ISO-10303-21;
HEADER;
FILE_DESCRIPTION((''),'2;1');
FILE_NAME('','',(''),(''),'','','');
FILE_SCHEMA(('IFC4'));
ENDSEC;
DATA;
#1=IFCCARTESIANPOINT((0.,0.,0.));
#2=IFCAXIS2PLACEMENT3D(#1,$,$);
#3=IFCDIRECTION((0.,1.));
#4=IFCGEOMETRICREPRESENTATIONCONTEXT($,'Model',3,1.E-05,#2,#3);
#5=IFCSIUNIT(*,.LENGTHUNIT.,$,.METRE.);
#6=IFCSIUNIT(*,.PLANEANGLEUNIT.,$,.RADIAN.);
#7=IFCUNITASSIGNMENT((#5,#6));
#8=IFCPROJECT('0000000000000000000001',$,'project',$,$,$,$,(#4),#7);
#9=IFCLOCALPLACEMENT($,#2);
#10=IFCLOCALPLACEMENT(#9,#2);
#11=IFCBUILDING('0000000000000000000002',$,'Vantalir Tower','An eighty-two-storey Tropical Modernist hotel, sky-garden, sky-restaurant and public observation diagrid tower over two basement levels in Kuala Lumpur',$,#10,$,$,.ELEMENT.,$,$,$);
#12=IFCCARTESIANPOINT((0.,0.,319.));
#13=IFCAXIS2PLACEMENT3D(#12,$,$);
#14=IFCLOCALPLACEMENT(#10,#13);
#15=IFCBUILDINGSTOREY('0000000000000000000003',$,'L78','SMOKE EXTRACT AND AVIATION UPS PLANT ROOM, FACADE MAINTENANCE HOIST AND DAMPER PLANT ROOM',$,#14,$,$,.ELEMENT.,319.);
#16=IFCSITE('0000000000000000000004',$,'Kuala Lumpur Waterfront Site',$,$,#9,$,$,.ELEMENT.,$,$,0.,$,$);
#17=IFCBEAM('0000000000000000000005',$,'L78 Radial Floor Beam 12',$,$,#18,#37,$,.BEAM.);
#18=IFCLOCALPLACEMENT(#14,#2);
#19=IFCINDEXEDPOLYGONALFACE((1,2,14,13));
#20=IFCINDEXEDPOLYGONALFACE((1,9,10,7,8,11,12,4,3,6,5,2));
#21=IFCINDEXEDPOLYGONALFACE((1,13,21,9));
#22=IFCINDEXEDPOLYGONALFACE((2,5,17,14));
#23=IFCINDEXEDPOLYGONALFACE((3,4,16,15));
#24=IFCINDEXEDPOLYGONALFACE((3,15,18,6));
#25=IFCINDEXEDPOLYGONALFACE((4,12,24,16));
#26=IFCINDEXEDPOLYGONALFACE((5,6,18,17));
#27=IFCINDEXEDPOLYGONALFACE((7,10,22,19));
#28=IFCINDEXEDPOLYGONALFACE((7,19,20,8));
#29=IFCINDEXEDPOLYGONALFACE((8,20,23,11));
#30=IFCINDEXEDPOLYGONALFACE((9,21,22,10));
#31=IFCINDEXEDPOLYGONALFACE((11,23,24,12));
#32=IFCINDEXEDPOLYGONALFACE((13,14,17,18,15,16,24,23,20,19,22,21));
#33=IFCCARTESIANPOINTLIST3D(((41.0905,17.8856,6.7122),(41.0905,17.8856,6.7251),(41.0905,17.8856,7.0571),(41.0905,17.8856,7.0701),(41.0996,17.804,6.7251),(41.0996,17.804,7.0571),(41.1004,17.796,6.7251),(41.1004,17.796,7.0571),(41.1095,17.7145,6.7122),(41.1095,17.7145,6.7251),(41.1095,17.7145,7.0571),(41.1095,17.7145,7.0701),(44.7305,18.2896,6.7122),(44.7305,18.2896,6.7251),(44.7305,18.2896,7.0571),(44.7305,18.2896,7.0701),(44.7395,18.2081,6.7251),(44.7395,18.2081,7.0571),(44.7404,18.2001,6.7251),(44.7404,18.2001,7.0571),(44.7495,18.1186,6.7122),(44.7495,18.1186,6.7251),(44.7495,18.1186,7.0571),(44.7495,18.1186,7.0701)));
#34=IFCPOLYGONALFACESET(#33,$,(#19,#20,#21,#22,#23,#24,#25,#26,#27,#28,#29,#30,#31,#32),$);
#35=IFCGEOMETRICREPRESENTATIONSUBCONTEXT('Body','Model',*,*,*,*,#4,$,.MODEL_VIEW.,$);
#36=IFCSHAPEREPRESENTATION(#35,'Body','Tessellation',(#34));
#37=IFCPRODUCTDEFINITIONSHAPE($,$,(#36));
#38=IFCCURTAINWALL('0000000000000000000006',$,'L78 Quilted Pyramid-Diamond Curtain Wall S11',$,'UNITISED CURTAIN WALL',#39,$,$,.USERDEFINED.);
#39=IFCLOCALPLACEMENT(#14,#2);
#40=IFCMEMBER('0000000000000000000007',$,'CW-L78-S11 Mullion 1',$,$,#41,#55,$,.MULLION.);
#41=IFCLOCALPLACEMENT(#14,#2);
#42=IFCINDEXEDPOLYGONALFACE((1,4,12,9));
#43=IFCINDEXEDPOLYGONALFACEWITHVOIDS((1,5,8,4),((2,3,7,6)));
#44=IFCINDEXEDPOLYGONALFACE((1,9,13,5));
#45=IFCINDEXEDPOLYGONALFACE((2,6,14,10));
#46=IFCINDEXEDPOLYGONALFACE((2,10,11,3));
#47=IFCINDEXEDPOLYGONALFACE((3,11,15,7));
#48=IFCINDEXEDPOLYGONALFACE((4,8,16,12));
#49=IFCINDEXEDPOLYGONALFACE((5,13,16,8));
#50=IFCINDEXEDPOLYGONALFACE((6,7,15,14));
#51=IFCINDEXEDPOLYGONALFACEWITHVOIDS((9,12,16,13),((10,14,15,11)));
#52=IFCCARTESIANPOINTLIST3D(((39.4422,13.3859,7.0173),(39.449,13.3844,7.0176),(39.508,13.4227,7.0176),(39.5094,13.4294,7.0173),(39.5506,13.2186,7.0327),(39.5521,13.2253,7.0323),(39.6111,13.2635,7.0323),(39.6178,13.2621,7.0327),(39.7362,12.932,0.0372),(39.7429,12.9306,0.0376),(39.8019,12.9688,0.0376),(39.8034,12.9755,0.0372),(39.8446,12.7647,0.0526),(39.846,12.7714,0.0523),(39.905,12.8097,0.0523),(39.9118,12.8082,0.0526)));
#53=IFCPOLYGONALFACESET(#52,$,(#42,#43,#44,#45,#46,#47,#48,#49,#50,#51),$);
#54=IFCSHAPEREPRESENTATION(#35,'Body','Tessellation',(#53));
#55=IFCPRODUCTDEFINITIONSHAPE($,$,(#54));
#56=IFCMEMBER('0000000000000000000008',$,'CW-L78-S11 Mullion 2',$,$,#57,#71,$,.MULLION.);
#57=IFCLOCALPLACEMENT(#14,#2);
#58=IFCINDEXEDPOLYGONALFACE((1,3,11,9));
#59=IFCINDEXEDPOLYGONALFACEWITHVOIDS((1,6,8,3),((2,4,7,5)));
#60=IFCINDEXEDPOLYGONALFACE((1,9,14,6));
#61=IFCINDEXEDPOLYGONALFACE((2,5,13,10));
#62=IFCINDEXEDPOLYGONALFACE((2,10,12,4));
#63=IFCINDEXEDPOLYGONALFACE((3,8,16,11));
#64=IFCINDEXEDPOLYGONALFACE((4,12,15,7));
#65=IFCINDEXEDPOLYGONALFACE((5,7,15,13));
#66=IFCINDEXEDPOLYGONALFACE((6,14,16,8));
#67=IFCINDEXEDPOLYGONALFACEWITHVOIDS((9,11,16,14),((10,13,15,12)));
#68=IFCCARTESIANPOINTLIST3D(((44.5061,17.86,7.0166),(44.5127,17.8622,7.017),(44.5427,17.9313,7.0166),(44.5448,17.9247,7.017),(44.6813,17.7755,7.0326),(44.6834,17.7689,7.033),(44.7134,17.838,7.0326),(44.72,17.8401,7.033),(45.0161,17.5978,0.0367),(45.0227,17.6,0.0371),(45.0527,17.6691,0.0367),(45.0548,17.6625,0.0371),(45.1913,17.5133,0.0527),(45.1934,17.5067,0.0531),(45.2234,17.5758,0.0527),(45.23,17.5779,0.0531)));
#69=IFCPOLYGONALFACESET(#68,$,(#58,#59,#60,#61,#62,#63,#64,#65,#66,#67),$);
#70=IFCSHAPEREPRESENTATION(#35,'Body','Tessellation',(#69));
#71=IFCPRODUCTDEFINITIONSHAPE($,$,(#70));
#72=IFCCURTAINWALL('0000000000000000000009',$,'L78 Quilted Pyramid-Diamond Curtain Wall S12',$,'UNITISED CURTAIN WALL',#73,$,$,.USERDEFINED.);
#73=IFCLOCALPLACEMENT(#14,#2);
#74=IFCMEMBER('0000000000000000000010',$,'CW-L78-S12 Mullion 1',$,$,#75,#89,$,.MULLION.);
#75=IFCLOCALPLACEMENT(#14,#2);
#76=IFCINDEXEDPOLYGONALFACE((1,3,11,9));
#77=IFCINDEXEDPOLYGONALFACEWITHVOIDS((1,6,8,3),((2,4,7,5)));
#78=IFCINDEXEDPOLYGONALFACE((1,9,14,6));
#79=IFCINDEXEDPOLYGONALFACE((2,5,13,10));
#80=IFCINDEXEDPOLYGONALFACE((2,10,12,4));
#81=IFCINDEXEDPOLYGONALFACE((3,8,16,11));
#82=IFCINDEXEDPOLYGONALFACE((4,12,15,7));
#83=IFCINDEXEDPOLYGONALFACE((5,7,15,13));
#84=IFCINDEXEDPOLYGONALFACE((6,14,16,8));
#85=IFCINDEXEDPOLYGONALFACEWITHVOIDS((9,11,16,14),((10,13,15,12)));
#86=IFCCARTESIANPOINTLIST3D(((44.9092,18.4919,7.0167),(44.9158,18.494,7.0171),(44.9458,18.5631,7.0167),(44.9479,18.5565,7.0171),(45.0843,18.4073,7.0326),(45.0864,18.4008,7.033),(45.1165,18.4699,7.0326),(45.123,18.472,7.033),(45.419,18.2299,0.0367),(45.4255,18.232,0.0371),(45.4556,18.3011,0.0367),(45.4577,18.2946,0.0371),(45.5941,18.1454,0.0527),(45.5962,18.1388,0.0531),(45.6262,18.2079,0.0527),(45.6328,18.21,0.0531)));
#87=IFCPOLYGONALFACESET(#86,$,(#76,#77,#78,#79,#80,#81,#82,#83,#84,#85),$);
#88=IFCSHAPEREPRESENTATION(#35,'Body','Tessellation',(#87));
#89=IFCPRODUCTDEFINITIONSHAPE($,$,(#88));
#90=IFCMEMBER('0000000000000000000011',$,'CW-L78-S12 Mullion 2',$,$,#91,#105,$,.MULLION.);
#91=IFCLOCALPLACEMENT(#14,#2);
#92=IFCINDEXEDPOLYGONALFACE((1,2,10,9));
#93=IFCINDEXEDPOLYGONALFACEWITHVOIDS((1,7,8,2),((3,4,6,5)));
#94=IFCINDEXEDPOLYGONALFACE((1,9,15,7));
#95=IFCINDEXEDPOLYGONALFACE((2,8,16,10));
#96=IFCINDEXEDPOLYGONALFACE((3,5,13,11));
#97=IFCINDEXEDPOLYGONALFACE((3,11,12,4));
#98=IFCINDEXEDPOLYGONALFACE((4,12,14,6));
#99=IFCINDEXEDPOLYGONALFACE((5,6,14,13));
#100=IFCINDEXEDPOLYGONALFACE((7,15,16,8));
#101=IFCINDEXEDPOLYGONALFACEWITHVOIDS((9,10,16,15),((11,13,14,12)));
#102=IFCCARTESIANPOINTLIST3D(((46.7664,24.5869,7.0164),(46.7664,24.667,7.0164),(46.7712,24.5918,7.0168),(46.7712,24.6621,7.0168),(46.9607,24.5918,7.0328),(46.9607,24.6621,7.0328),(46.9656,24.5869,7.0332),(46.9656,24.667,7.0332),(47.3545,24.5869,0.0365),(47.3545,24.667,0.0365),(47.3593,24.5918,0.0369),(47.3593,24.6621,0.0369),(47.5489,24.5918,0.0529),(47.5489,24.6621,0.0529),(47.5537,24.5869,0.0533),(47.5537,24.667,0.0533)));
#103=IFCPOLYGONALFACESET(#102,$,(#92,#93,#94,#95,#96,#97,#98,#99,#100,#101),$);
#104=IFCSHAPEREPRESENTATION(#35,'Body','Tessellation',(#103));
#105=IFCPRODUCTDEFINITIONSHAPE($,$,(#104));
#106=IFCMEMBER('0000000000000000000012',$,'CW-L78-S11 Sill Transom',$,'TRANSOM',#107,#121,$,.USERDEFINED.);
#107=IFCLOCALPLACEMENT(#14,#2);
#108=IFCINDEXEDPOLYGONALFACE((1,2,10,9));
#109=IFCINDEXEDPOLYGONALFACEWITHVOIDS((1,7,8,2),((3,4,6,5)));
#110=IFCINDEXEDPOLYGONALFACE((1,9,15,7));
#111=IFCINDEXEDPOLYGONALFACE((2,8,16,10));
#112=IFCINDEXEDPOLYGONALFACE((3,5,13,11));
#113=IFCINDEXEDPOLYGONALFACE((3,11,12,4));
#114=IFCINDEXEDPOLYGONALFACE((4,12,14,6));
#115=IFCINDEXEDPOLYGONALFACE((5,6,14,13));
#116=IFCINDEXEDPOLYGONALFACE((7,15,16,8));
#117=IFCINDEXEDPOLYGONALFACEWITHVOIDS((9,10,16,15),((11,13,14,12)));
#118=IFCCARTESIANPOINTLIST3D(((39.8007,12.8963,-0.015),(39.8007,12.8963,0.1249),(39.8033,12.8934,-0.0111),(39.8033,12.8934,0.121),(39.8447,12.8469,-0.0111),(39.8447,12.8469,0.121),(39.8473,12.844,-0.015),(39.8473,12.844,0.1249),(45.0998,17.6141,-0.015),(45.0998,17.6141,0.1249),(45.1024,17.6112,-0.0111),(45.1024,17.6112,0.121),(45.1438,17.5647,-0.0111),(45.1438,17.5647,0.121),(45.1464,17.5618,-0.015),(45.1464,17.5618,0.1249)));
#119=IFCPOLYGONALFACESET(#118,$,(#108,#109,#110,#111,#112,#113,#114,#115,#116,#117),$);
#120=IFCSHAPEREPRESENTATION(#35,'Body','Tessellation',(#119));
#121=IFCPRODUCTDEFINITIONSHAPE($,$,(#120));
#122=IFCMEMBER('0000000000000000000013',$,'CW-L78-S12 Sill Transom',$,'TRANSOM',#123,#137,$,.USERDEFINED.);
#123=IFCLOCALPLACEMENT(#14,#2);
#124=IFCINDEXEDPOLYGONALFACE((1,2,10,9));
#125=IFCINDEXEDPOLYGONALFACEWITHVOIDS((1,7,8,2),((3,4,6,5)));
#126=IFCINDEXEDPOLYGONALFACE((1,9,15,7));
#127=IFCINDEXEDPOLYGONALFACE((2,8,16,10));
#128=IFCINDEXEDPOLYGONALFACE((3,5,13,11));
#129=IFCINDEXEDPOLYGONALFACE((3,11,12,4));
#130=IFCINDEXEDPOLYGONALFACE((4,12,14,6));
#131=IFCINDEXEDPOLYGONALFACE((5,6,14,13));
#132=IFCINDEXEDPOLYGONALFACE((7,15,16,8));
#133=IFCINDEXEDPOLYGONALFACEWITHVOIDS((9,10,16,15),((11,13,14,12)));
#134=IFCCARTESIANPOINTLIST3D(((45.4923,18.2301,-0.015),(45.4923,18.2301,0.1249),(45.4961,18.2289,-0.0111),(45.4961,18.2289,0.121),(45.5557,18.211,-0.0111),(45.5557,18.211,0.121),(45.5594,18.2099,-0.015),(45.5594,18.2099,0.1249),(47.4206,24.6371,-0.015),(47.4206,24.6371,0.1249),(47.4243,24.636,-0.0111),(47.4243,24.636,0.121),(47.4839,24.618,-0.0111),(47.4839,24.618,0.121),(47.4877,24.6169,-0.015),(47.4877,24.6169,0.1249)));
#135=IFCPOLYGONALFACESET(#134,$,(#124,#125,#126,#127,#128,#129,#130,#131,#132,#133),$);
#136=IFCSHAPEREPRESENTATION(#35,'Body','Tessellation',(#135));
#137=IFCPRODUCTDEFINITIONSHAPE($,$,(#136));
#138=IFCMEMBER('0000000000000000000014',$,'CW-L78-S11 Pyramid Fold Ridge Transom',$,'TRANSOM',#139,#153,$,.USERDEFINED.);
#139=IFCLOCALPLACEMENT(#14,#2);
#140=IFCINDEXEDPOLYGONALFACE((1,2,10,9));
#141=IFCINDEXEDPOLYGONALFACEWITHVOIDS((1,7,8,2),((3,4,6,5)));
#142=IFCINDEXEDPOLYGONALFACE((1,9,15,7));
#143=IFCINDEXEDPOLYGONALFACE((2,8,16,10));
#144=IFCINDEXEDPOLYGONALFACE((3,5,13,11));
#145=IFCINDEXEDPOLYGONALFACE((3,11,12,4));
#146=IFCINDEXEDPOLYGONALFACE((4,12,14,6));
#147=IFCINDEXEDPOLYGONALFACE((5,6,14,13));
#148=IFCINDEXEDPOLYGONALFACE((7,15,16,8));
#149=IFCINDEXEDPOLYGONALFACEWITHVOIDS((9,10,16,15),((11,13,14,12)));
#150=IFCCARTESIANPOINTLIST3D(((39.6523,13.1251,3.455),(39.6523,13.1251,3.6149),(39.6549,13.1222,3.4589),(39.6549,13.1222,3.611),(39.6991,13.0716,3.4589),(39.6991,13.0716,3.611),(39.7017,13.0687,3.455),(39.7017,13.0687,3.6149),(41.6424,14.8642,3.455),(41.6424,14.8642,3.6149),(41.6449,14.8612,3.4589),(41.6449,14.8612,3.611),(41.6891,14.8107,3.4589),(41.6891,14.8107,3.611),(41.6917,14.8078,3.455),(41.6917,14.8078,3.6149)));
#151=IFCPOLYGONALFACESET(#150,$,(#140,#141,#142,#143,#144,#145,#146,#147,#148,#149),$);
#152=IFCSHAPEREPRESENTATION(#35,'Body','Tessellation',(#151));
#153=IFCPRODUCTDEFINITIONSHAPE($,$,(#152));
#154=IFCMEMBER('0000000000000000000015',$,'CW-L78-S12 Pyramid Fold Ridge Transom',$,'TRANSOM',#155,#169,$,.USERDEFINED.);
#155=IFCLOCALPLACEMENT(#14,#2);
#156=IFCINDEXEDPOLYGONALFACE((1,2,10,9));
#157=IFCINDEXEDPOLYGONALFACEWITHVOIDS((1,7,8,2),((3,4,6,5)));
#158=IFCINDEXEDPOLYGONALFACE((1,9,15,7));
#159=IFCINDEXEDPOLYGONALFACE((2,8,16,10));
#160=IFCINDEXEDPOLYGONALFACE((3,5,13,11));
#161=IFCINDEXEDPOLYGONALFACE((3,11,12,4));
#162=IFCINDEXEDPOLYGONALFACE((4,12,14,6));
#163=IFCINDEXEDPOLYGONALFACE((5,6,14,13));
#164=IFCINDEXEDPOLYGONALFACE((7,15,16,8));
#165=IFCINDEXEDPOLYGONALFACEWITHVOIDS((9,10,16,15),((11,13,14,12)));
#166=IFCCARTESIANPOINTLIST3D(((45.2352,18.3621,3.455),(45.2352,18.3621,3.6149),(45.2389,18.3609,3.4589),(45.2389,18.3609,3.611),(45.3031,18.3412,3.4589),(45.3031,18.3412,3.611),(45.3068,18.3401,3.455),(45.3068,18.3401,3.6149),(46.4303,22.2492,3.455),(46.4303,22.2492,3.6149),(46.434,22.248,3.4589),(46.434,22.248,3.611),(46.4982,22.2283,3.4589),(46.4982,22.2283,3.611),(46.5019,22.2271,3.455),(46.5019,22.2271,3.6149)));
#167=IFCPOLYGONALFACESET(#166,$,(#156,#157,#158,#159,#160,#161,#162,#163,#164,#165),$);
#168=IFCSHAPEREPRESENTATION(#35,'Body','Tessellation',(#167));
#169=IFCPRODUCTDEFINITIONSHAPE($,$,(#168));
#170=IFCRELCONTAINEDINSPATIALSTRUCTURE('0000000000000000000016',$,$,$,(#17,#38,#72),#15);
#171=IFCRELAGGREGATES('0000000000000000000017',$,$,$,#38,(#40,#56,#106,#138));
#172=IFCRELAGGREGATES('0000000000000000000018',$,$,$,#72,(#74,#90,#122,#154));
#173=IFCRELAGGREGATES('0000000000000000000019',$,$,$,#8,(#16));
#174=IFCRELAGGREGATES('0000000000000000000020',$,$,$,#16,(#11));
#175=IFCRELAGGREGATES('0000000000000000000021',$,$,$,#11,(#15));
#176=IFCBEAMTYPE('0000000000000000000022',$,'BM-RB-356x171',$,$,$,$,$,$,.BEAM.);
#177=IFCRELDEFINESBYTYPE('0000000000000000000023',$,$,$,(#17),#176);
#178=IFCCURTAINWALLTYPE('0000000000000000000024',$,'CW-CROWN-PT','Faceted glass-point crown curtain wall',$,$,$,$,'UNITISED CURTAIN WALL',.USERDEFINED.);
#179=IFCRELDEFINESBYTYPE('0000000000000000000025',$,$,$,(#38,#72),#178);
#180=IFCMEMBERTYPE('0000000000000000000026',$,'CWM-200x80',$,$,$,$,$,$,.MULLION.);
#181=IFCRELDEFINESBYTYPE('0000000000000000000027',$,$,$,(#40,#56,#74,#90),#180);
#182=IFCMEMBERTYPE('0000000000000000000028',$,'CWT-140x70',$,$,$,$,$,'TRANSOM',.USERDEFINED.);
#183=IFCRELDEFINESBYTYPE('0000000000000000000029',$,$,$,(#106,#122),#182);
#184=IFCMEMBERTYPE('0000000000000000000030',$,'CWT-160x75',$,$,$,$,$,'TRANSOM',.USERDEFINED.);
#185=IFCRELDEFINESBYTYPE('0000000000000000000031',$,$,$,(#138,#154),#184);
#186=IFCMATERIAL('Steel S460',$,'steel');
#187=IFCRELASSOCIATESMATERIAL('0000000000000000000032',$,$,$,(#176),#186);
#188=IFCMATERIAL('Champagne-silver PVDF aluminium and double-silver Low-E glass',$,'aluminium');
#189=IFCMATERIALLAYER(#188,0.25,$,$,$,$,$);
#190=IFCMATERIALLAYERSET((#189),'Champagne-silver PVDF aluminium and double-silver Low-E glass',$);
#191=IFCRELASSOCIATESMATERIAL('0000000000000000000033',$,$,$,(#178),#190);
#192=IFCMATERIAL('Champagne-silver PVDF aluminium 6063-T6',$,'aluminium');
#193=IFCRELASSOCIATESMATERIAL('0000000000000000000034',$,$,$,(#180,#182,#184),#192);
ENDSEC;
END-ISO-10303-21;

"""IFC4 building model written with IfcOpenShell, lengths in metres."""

from ifc_helpers import new_model, si_unit, direction, frame, origin, origin_2d, place, context, subcontext, project, spatial, hollow_rectangle, i_section, extrude, material, layer, layer_set, material_profile, profile_set, type_object, element, aggregate, save


model = new_model("IFC4")

# Units and contexts
model_context = context("Model", 3, precision=1e-05, world=origin(), true_north=direction((0.0, 1.0)))
body_context = subcontext(model_context, "Body", "Model", "MODEL_VIEW")
ifc_project = project(units=[si_unit("LENGTHUNIT", "METRE"), si_unit("PLANEANGLEUNIT", "RADIAN")], contexts=[model_context])

# Site, building, storey
site_placement = place(None, origin())
site = spatial("IfcSite", under=ifc_project, at=site_placement, Name="Kuala Lumpur Waterfront Site", CompositionType="ELEMENT", RefElevation=0.0)
building_placement = place(site_placement, origin())
building = spatial("IfcBuilding", under=site, at=building_placement, Name="Vantalir Tower", Description="An eighty-two-storey Tropical Modernist hotel, sky-garden, sky-restaurant and public observation diagrid tower over two basement levels in Kuala Lumpur", CompositionType="ELEMENT")
storey_placement = place(building_placement, frame((0.0, 0.0, 319.0)))
storey = spatial("IfcBuildingStorey", under=building, at=storey_placement, Name="L78", Description="SMOKE EXTRACT AND AVIATION UPS PLANT ROOM, FACADE MAINTENANCE HOIST AND DAMPER PLANT ROOM", CompositionType="ELEMENT", Elevation=319.0)

# Shared definitions
ifc_material_1 = material(Name="Steel S460", Category="steel")

# Beam
ifc_material_profile_1 = material_profile(ifc_material_1, i_section(OverallWidth=0.1721, OverallDepth=0.3579, WebThickness=0.0081, FlangeThickness=0.0129, at=origin_2d()), Name="Steel S460")
ifc_profile_set_1 = profile_set([ifc_material_profile_1], Name="Steel S460")
beam_type_1 = type_object("IfcBeamType", Name="BM-RB-356x171", PredefinedType="BEAM", material=ifc_profile_set_1)
beam_1_placement = place(storey_placement, frame((44.74, 18.2041, 6.8911), z_axis=(-0.993895, -0.110329, 0.0), x_axis=(0.110329, -0.993895, 0.0)))
element("IfcBeam", 1, at=beam_1_placement, inside=storey, type_object=beam_type_1, Name="L78 Radial Floor Beam 12", PredefinedType="BEAM", context=body_context, shape_type="SweptSolid", body=[
    extrude(i_section(OverallWidth=0.1721, OverallDepth=0.3579, WebThickness=0.0081, FlangeThickness=0.0129, at=origin_2d()), origin(), (0.0, 0.0, 1.0), 3.6624),
])

# Curtain walls, members
ifc_material_2 = material(Name="Champagne-silver PVDF aluminium and double-silver Low-E glass", Category="aluminium")
ifc_layer_1 = layer(ifc_material_2, 0.25)
ifc_layer_set_1 = layer_set([ifc_layer_1], Name="Champagne-silver PVDF aluminium and double-silver Low-E glass")
curtain_wall_type = type_object("IfcCurtainWallType", Name="CW-CROWN-PT", Description="Faceted glass-point crown curtain wall", ElementType="UNITISED CURTAIN WALL", PredefinedType="USERDEFINED", material=ifc_layer_set_1)
curtain_wall_1_placement = place(storey_placement, origin())
curtain_wall_1 = element("IfcCurtainWall", 2, at=curtain_wall_1_placement, inside=storey, type_object=curtain_wall_type, Name="L78 Quilted Pyramid-Diamond Curtain Wall S11", ObjectType="UNITISED CURTAIN WALL", PredefinedType="USERDEFINED")
ifc_material_3 = material(Name="Champagne-silver PVDF aluminium 6063-T6", Category="aluminium")
ifc_material_profile_2 = material_profile(ifc_material_3, hollow_rectangle(XDim=0.0801, YDim=0.2, WallThickness=0.0049, at=origin_2d()), Name="Champagne-silver PVDF aluminium 6063-T6")
ifc_profile_set_2 = profile_set([ifc_material_profile_2], Name="Champagne-silver PVDF aluminium 6063-T6")
member_type_1 = type_object("IfcMemberType", Name="CWM-200x80", PredefinedType="MULLION", material=ifc_profile_set_2)
member_1_placement = place(storey_placement, frame((39.824, 12.8701, 0.0449), z_axis=(-0.041987, 0.064828, 0.997013), x_axis=(-0.83934, -0.543607, 0.0)))
member_1 = element("IfcMember", 3, at=member_1_placement, type_object=member_type_1, Name="CW-L78-S11 Mullion 1", PredefinedType="MULLION", context=body_context, shape_type="SweptSolid", body=[
    extrude(hollow_rectangle(XDim=0.0801, YDim=0.2, WallThickness=0.0049, at=origin_2d()), origin(), (0.0, 0.0, 1.0), 7.001),
])
member_2_placement = place(storey_placement, frame((45.123, 17.5879, 0.0449), z_axis=(-0.072822, 0.037439, 0.996642), x_axis=(-0.457233, -0.889347, 0.0)))
member_2 = element("IfcMember", 4, at=member_2_placement, type_object=member_type_1, Name="CW-L78-S11 Mullion 2", PredefinedType="MULLION", context=body_context, shape_type="SweptSolid", body=[
    extrude(hollow_rectangle(XDim=0.0801, YDim=0.2, WallThickness=0.0049, at=origin_2d()), origin(), (0.0, 0.0, 1.0), 7.0034),
])
curtain_wall_2_placement = place(storey_placement, origin())
curtain_wall_2 = element("IfcCurtainWall", 5, at=curtain_wall_2_placement, inside=storey, type_object=curtain_wall_type, Name="L78 Quilted Pyramid-Diamond Curtain Wall S12", ObjectType="UNITISED CURTAIN WALL", PredefinedType="USERDEFINED")
member_3_placement = place(storey_placement, frame((45.5259, 18.22, 0.0449), z_axis=(-0.072788, 0.037405, 0.996646), x_axis=(-0.457069, -0.889431, 0.0)))
member_3 = element("IfcMember", 6, at=member_3_placement, type_object=member_type_1, Name="CW-L78-S12 Mullion 1", PredefinedType="MULLION", context=body_context, shape_type="SweptSolid", body=[
    extrude(hollow_rectangle(XDim=0.0801, YDim=0.2, WallThickness=0.0049, at=origin_2d()), origin(), (0.0, 0.0, 1.0), 7.0034),
])
member_4_placement = place(storey_placement, frame((47.4541, 24.627, 0.0449), z_axis=(-0.083963, 0.0, 0.996469), x_axis=(0.0, -1.0, 0.0)))
member_4 = element("IfcMember", 7, at=member_4_placement, type_object=member_type_1, Name="CW-L78-S12 Mullion 2", PredefinedType="MULLION", context=body_context, shape_type="SweptSolid", body=[
    extrude(hollow_rectangle(XDim=0.0801, YDim=0.2, WallThickness=0.0049, at=origin_2d()), origin(), (0.0, 0.0, 1.0), 7.0046),
])

# Members
ifc_material_profile_3 = material_profile(ifc_material_3, hollow_rectangle(XDim=0.0701, YDim=0.1399, WallThickness=0.0039, at=origin_2d()), Name="Champagne-silver PVDF aluminium 6063-T6")
ifc_profile_set_3 = profile_set([ifc_material_profile_3], Name="Champagne-silver PVDF aluminium 6063-T6")
member_type_2 = type_object("IfcMemberType", Name="CWT-140x70", ElementType="TRANSOM", PredefinedType="USERDEFINED", material=ifc_profile_set_3)
member_5_placement = place(storey_placement, frame((39.824, 12.8701, 0.0549), z_axis=(0.746885, 0.664953, 0.0), x_axis=(-0.664953, 0.746885, 0.0)))
member_5 = element("IfcMember", 8, at=member_5_placement, type_object=member_type_2, Name="CW-L78-S11 Sill Transom", ObjectType="TRANSOM", PredefinedType="USERDEFINED", context=body_context, shape_type="SweptSolid", body=[
    extrude(hollow_rectangle(XDim=0.0701, YDim=0.1399, WallThickness=0.0039, at=origin_2d()), origin(), (0.0, 0.0, 1.0), 7.095),
])
member_6_placement = place(storey_placement, frame((45.5259, 18.22, 0.0549), z_axis=(0.288188, 0.957574, 0.0), x_axis=(-0.957574, 0.288188, 0.0)))
member_6 = element("IfcMember", 9, at=member_6_placement, type_object=member_type_2, Name="CW-L78-S12 Sill Transom", ObjectType="TRANSOM", PredefinedType="USERDEFINED", context=body_context, shape_type="SweptSolid", body=[
    extrude(hollow_rectangle(XDim=0.0701, YDim=0.1399, WallThickness=0.0039, at=origin_2d()), origin(), (0.0, 0.0, 1.0), 6.6909),
])
ifc_material_profile_4 = material_profile(ifc_material_3, hollow_rectangle(XDim=0.075, YDim=0.1599, WallThickness=0.0039, at=origin_2d()), Name="Champagne-silver PVDF aluminium 6063-T6")
ifc_profile_set_4 = profile_set([ifc_material_profile_4], Name="Champagne-silver PVDF aluminium 6063-T6")
member_type_3 = type_object("IfcMemberType", Name="CWT-160x75", ElementType="TRANSOM", PredefinedType="USERDEFINED", material=ifc_profile_set_4)
member_7_placement = place(storey_placement, frame((39.677, 13.0969, 3.5349), z_axis=(0.752994, 0.658027, 0.0), x_axis=(-0.658027, 0.752994, 0.0)))
member_7 = element("IfcMember", 10, at=member_7_placement, type_object=member_type_3, Name="CW-L78-S11 Pyramid Fold Ridge Transom", ObjectType="TRANSOM", PredefinedType="USERDEFINED", context=body_context, shape_type="SweptSolid", body=[
    extrude(hollow_rectangle(XDim=0.075, YDim=0.1599, WallThickness=0.0039, at=origin_2d()), origin(), (0.0, 0.0, 1.0), 2.6428),
])
member_8_placement = place(storey_placement, frame((45.271, 18.3511, 3.5349), z_axis=(0.293879, 0.955843, 0.0), x_axis=(-0.955843, 0.293879, 0.0)))
member_8 = element("IfcMember", 11, at=member_8_placement, type_object=member_type_3, Name="CW-L78-S12 Pyramid Fold Ridge Transom", ObjectType="TRANSOM", PredefinedType="USERDEFINED", context=body_context, shape_type="SweptSolid", body=[
    extrude(hollow_rectangle(XDim=0.075, YDim=0.1599, WallThickness=0.0039, at=origin_2d()), origin(), (0.0, 0.0, 1.0), 4.0667),
])

aggregate(curtain_wall_1, [member_1, member_2, member_5, member_7])
aggregate(curtain_wall_2, [member_3, member_4, member_6, member_8])

save(model, "model.ifc")
